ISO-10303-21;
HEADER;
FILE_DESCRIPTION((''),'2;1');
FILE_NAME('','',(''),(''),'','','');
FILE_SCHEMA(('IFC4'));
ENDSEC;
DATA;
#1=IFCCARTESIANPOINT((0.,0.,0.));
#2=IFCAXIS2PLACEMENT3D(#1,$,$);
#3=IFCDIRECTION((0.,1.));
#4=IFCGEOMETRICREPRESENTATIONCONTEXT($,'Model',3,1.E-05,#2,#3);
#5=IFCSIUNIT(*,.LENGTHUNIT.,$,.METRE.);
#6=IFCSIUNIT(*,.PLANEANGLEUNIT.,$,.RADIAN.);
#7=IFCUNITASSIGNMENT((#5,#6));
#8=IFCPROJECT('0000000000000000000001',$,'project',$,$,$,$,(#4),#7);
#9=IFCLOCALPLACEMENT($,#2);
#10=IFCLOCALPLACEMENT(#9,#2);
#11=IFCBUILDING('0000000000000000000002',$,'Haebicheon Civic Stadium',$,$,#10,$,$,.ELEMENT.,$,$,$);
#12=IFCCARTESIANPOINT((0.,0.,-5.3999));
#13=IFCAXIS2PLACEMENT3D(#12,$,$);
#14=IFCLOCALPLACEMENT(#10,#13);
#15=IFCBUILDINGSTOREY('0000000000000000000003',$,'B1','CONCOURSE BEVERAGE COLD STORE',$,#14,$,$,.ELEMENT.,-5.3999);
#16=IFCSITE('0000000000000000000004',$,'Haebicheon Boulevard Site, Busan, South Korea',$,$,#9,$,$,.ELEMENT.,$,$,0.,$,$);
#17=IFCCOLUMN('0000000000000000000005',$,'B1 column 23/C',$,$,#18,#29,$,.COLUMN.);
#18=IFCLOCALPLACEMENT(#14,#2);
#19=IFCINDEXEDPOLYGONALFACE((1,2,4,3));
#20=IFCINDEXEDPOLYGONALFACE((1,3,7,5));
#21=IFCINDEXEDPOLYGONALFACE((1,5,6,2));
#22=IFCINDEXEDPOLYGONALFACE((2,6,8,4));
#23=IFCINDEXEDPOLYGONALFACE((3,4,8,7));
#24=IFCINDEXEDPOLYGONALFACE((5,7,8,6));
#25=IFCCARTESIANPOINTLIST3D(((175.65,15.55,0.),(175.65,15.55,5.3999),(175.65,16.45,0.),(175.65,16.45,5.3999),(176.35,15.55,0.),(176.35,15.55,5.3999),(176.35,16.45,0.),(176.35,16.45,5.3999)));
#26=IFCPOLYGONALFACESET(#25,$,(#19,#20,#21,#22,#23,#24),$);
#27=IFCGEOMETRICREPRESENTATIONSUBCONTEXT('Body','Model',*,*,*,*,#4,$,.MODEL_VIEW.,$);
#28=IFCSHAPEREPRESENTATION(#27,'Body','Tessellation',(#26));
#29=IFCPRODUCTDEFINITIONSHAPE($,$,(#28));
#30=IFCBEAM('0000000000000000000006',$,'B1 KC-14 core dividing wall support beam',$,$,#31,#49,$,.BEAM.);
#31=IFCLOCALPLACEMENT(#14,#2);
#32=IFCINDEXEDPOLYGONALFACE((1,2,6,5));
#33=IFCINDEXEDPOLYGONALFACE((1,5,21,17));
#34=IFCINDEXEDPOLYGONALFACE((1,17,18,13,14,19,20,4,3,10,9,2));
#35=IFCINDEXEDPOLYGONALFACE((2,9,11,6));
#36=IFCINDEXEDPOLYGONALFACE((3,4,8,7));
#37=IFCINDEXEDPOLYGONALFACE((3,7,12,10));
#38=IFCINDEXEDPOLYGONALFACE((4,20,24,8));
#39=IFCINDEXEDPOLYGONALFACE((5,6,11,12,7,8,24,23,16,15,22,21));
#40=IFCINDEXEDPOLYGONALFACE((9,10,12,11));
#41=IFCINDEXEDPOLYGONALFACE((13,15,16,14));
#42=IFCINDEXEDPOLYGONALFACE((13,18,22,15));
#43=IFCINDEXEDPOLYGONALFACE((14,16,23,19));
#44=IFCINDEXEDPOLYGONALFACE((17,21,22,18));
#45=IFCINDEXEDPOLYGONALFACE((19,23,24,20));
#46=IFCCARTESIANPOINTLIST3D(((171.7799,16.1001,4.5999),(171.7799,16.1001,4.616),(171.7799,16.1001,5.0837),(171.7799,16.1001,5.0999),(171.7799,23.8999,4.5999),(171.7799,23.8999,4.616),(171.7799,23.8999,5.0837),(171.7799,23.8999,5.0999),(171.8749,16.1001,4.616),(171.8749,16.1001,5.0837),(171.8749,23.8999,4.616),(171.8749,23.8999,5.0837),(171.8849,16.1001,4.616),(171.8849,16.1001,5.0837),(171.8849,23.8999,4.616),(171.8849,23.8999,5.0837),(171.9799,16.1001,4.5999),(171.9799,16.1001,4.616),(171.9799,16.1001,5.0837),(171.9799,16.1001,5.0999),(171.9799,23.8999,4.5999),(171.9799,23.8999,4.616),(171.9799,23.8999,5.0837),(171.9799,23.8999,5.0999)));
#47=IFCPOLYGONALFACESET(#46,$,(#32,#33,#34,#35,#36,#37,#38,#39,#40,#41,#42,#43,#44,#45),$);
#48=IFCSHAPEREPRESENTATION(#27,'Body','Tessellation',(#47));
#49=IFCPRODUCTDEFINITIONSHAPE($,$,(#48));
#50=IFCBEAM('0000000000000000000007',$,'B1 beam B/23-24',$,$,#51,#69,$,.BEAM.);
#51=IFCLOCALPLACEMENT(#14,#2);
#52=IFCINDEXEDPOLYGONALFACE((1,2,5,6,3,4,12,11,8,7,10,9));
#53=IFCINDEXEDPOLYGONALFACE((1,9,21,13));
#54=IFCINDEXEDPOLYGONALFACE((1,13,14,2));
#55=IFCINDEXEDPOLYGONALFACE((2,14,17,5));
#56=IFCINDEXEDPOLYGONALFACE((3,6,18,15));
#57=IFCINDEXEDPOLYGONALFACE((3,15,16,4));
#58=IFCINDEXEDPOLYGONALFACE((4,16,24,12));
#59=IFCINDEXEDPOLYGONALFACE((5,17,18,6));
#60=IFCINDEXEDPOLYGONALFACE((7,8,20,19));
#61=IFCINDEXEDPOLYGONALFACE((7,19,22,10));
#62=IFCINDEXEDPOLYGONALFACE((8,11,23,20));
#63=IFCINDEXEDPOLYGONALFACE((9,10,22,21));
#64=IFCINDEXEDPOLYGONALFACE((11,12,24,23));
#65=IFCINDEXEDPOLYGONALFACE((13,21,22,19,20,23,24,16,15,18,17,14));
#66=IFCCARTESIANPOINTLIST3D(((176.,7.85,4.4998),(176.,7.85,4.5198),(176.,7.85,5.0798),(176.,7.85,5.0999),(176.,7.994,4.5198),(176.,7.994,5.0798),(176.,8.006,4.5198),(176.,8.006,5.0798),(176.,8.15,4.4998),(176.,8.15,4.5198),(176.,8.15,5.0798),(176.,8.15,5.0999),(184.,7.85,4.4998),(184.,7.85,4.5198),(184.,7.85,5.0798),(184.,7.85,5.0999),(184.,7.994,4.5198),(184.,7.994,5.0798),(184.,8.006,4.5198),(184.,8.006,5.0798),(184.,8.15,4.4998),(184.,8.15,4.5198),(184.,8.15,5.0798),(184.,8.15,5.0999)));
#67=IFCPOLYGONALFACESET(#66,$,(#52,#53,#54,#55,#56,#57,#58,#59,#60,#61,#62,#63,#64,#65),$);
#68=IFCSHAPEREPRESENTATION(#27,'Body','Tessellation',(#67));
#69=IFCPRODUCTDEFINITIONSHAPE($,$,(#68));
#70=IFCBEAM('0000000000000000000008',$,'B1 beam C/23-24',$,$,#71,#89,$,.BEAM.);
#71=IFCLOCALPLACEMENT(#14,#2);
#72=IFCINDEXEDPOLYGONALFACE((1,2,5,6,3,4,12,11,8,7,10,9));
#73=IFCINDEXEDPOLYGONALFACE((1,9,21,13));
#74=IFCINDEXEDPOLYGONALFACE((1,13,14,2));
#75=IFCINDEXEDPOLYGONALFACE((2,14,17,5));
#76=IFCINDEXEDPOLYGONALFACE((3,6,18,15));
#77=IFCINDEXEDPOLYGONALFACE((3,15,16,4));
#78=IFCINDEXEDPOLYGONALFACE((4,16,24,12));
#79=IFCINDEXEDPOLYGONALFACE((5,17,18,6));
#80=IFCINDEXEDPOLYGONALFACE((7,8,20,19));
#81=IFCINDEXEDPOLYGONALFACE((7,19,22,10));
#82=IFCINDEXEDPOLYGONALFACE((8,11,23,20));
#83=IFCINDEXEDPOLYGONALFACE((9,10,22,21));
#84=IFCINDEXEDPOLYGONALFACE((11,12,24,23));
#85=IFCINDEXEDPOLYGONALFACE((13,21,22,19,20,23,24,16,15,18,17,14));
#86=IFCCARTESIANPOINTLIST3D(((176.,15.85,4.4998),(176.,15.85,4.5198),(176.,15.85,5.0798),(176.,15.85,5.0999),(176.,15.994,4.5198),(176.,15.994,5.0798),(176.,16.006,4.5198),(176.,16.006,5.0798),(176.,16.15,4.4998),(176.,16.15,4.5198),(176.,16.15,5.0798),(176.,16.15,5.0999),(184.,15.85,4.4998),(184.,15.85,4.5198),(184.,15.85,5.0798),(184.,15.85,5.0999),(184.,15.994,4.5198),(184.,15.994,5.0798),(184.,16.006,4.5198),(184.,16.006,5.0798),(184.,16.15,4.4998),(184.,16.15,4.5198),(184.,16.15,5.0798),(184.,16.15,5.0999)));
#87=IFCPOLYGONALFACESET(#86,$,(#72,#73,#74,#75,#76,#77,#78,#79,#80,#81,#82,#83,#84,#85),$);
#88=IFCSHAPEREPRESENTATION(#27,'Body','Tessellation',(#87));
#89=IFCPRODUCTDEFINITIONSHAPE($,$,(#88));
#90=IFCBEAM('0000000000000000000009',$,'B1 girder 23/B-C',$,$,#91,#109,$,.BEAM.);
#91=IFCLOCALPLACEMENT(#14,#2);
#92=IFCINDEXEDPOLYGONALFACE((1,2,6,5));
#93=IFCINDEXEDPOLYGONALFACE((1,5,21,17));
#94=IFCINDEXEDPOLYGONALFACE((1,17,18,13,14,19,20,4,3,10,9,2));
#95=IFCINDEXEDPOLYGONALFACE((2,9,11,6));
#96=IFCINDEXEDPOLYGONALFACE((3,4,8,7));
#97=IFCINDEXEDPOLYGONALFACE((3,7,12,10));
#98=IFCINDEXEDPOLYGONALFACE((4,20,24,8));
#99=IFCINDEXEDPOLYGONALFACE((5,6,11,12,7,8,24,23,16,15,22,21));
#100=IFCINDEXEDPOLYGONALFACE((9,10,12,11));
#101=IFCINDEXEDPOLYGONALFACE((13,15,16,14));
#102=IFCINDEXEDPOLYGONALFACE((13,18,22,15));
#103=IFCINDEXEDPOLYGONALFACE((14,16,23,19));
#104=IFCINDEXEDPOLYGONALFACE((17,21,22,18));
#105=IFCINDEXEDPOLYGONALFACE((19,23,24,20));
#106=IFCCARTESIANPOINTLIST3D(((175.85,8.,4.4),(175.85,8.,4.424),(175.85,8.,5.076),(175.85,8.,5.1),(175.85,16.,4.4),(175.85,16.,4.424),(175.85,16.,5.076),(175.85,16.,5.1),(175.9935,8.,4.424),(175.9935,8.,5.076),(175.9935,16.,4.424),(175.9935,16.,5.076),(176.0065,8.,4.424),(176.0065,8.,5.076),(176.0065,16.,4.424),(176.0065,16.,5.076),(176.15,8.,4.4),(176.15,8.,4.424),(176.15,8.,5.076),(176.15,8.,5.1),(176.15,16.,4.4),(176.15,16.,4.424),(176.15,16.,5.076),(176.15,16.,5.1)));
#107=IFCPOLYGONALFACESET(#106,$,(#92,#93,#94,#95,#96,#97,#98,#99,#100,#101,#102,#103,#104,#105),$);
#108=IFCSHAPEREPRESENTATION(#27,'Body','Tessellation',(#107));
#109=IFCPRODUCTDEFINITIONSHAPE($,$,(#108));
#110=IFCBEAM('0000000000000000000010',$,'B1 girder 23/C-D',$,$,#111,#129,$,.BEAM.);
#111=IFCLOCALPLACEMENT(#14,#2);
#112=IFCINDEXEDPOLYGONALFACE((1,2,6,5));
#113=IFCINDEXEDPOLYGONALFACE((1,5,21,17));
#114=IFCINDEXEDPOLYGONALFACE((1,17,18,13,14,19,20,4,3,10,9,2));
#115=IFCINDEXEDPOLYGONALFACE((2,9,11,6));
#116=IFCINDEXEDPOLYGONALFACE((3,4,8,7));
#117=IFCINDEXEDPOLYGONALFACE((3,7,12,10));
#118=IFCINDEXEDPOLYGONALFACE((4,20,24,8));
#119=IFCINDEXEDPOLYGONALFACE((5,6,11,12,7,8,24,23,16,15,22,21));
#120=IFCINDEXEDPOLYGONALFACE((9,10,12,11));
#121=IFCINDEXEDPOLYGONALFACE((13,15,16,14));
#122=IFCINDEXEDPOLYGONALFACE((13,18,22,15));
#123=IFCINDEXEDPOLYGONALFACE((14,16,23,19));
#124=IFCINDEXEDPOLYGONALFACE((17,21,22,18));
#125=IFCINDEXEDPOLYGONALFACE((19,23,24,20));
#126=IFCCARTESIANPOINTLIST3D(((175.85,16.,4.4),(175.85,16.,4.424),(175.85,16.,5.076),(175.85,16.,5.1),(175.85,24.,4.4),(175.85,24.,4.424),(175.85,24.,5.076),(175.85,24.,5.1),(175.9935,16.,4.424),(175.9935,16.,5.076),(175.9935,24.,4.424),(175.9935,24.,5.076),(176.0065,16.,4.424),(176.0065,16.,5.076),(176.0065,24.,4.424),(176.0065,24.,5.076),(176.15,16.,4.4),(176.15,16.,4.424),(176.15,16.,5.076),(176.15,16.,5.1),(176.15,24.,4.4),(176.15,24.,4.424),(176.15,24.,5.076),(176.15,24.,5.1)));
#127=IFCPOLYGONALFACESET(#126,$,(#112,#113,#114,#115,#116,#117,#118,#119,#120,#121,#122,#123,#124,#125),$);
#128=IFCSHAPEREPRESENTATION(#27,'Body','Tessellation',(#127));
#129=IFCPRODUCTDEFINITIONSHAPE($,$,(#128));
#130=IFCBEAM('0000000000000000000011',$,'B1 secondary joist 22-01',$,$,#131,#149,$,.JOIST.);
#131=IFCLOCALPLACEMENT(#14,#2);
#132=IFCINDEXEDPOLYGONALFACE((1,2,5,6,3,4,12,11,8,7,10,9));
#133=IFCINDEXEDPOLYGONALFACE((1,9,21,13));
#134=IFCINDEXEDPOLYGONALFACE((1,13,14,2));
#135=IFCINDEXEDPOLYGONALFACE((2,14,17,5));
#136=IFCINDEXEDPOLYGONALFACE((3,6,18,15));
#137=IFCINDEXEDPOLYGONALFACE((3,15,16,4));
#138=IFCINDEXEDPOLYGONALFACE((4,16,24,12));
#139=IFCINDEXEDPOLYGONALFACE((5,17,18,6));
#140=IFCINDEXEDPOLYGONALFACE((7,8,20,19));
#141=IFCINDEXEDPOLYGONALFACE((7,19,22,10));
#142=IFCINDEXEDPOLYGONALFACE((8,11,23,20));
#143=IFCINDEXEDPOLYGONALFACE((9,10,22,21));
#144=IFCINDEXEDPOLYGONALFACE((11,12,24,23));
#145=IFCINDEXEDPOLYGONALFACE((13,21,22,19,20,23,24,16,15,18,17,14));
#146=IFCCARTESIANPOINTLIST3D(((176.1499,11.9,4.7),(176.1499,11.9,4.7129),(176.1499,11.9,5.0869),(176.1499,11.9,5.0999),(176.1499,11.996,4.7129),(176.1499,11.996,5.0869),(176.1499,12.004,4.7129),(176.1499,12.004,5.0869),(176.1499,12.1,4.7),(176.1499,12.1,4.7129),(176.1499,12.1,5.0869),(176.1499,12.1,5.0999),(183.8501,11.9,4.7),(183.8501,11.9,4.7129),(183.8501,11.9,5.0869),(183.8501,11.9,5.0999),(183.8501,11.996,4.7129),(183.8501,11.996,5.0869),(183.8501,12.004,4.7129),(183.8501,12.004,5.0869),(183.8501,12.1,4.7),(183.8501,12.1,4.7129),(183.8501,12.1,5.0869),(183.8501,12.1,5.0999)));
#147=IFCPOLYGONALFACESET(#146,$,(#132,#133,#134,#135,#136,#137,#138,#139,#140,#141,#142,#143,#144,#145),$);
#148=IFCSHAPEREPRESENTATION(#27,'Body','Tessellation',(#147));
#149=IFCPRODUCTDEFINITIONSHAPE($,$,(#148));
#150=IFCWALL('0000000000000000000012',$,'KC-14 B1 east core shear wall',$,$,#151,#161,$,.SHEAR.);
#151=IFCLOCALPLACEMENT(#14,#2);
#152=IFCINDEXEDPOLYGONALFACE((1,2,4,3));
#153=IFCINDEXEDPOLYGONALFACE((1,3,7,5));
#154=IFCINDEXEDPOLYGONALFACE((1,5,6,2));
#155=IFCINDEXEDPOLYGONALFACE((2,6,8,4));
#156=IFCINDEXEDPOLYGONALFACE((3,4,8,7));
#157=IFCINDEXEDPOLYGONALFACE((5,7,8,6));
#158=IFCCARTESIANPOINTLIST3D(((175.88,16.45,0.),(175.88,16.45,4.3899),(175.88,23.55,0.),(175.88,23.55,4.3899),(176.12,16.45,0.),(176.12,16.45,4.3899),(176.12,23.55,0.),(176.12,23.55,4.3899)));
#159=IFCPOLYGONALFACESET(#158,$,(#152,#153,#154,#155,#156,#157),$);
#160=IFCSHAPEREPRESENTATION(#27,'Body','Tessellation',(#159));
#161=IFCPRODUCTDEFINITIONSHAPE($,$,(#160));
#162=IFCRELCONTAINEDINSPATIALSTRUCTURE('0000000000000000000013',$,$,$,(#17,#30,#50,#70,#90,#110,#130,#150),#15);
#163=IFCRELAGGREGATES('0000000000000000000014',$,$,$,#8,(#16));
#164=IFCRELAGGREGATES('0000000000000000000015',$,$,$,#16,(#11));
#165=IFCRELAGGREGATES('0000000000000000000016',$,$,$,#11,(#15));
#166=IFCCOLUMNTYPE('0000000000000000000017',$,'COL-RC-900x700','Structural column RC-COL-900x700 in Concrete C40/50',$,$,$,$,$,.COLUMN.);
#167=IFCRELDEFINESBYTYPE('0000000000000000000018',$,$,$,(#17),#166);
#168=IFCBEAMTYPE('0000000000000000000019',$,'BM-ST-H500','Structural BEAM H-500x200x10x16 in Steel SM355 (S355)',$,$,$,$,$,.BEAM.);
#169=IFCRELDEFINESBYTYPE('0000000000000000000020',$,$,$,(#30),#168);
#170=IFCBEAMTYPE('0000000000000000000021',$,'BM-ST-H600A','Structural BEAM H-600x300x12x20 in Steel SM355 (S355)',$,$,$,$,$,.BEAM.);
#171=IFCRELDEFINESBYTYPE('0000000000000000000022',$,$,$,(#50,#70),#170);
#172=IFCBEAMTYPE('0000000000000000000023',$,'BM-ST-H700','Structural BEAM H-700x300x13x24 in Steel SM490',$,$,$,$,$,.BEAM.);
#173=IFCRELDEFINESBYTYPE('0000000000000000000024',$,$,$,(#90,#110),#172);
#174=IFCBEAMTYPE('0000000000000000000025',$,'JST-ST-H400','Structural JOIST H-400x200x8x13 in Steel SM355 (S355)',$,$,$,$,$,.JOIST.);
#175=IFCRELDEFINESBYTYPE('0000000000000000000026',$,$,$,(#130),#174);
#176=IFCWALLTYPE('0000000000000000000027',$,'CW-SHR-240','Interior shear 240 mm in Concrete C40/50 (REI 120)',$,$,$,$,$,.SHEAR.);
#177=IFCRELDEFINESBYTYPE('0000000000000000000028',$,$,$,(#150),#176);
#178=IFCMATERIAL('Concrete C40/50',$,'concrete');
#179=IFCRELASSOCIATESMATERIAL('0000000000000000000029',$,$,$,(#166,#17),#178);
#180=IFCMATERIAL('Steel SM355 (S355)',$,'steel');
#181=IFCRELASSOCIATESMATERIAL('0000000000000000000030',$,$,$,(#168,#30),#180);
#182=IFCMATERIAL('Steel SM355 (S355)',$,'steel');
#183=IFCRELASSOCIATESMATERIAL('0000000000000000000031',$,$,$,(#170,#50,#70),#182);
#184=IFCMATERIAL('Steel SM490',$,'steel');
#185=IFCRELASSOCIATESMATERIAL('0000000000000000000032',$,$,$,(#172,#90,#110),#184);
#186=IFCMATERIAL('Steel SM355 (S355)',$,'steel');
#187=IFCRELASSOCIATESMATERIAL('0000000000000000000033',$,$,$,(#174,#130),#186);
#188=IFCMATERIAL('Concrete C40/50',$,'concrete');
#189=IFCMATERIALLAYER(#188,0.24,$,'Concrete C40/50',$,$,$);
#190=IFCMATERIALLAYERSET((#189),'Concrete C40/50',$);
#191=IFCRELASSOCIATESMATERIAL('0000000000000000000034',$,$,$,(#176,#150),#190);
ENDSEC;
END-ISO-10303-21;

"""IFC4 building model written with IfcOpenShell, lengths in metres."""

from ifc_helpers import new_model, si_unit, direction, frame, frame_2d, origin, origin_2d, place, context, subcontext, project, spatial, rectangle, i_section, extrude, material, layer, layer_set, material_profile, profile_set, type_object, element, save


model = new_model("IFC4")

# Units and contexts
model_context = context("Model", 3, precision=1e-05, world=origin(), true_north=direction((0.0, 1.0)))
body_context = subcontext(model_context, "Body", "Model", "MODEL_VIEW")
ifc_project = project(units=[si_unit("LENGTHUNIT", "METRE"), si_unit("PLANEANGLEUNIT", "RADIAN")], contexts=[model_context])

# Site, building, storey
site_placement = place(None, origin())
site = spatial("IfcSite", under=ifc_project, at=site_placement, Name="Haebicheon Boulevard Site, Busan, South Korea", CompositionType="ELEMENT", RefElevation=0.0)
building_placement = place(site_placement, origin())
building = spatial("IfcBuilding", under=site, at=building_placement, Name="Haebicheon Civic Stadium", CompositionType="ELEMENT")
storey_placement = place(building_placement, frame((0.0, 0.0, -5.3999)))
storey = spatial("IfcBuildingStorey", under=building, at=storey_placement, Name="B1", Description="CONCOURSE BEVERAGE COLD STORE", CompositionType="ELEMENT", Elevation=-5.3999)

# Column
ifc_material_1 = material(Name="Concrete C40/50", Category="concrete")
ifc_material_profile_1 = material_profile(ifc_material_1, rectangle(XDim=0.7, YDim=0.8999, at=origin_2d()), Name="RC-COL-900x700")
ifc_profile_set_1 = profile_set([ifc_material_profile_1], Name="Concrete C40/50")
column_type = type_object("IfcColumnType", Name="COL-RC-900x700", Description="Structural column RC-COL-900x700 in Concrete C40/50", PredefinedType="COLUMN", material=ifc_profile_set_1)
for number, where, z_axis, x_axis, name in (
    (1, (176.0, 16.0, 0.0), (0.0, 0.0, 1.0), (1.0, 0.0, 0.0), "B1 column 23/C"),
):
    element("IfcColumn", number, at=place(storey_placement, frame(where, z_axis=z_axis, x_axis=x_axis)), inside=storey, type_object=column_type, material=ifc_profile_set_1, Name=name, PredefinedType="COLUMN", context=body_context, shape_type="SweptSolid", body=[
        extrude(rectangle(XDim=0.7, YDim=0.8999, at=origin_2d()), origin(), (0.0, 0.0, 1.0), 5.3999),
    ])

# Beams
ifc_material_2 = material(Name="Steel SM355 (S355)", Category="steel")
ifc_material_profile_2 = material_profile(ifc_material_2, i_section(OverallWidth=0.2, OverallDepth=0.5, WebThickness=0.01, FlangeThickness=0.0161, at=origin_2d()), Name="H-500x200x10x16")
ifc_profile_set_2 = profile_set([ifc_material_profile_2], Name="Steel SM355 (S355)")
beam_type_1 = type_object("IfcBeamType", Name="BM-ST-H500", Description="Structural BEAM H-500x200x10x16 in Steel SM355 (S355)", PredefinedType="BEAM", material=ifc_profile_set_2)
beam_1_placement = place(storey_placement, frame((171.8799, 16.1001, 4.8499), z_axis=(0.0, 1.0, 0.0), x_axis=(-1.0, 0.0, 0.0)))
element("IfcBeam", 2, at=beam_1_placement, inside=storey, type_object=beam_type_1, material=ifc_profile_set_2, Name="B1 KC-14 core dividing wall support beam", PredefinedType="BEAM", context=body_context, shape_type="SweptSolid", body=[
    extrude(i_section(OverallWidth=0.2, OverallDepth=0.5, WebThickness=0.01, FlangeThickness=0.0161, at=origin_2d()), origin(), (0.0, 0.0, 1.0), 7.7998),
])
ifc_material_3 = material(Name="Steel SM355 (S355)", Category="steel")
ifc_material_profile_3 = material_profile(ifc_material_3, i_section(OverallWidth=0.3, OverallDepth=0.6001, WebThickness=0.012, FlangeThickness=0.02, at=origin_2d()), Name="H-600x300x12x20")
ifc_profile_set_3 = profile_set([ifc_material_profile_3], Name="Steel SM355 (S355)")
beam_type_2 = type_object("IfcBeamType", Name="BM-ST-H600A", Description="Structural BEAM H-600x300x12x20 in Steel SM355 (S355)", PredefinedType="BEAM", material=ifc_profile_set_3)
for number, where, z_axis, x_axis, name in (
    (3, (176.0, 8.0, 4.7998), (1.0, 0.0, 0.0), (0.0, 1.0, 0.0), "B1 beam B/23-24"),
    (4, (176.0, 16.0, 4.7998), (1.0, 0.0, 0.0), (0.0, 1.0, 0.0), "B1 beam C/23-24"),
):
    element("IfcBeam", number, at=place(storey_placement, frame(where, z_axis=z_axis, x_axis=x_axis)), inside=storey, type_object=beam_type_2, material=ifc_profile_set_3, Name=name, PredefinedType="BEAM", context=body_context, shape_type="SweptSolid", body=[
        extrude(i_section(OverallWidth=0.3, OverallDepth=0.6001, WebThickness=0.012, FlangeThickness=0.02, at=origin_2d()), origin(), (0.0, 0.0, 1.0), 8.0),
    ])
ifc_material_4 = material(Name="Steel SM490", Category="steel")
ifc_material_profile_4 = material_profile(ifc_material_4, i_section(OverallWidth=0.3, OverallDepth=0.7, WebThickness=0.0129, FlangeThickness=0.0239, at=origin_2d()), Name="H-700x300x13x24")
ifc_profile_set_4 = profile_set([ifc_material_profile_4], Name="Steel SM490")
beam_type_3 = type_object("IfcBeamType", Name="BM-ST-H700", Description="Structural BEAM H-700x300x13x24 in Steel SM490", PredefinedType="BEAM", material=ifc_profile_set_4)
for number, where, z_axis, x_axis, name in (
    (5, (176.0, 8.0, 4.75), (0.0, 1.0, 0.0), (-1.0, 0.0, 0.0), "B1 girder 23/B-C"),
    (6, (176.0, 16.0, 4.75), (0.0, 1.0, 0.0), (-1.0, 0.0, 0.0), "B1 girder 23/C-D"),
):
    element("IfcBeam", number, at=place(storey_placement, frame(where, z_axis=z_axis, x_axis=x_axis)), inside=storey, type_object=beam_type_3, material=ifc_profile_set_4, Name=name, PredefinedType="BEAM", context=body_context, shape_type="SweptSolid", body=[
        extrude(i_section(OverallWidth=0.3, OverallDepth=0.7, WebThickness=0.0129, FlangeThickness=0.0239, at=origin_2d()), origin(), (0.0, 0.0, 1.0), 8.0),
    ])
ifc_material_5 = material(Name="Steel SM355 (S355)", Category="steel")
ifc_material_profile_5 = material_profile(ifc_material_5, i_section(OverallWidth=0.2, OverallDepth=0.3999, WebThickness=0.0081, FlangeThickness=0.0129, at=origin_2d()), Name="H-400x200x8x13")
ifc_profile_set_5 = profile_set([ifc_material_profile_5], Name="Steel SM355 (S355)")
beam_type_4 = type_object("IfcBeamType", Name="JST-ST-H400", Description="Structural JOIST H-400x200x8x13 in Steel SM355 (S355)", PredefinedType="JOIST", material=ifc_profile_set_5)
beam_2_placement = place(storey_placement, frame((176.1499, 12.0, 4.8999), z_axis=(1.0, 0.0, 0.0), x_axis=(0.0, 1.0, 0.0)))
element("IfcBeam", 7, at=beam_2_placement, inside=storey, type_object=beam_type_4, material=ifc_profile_set_5, Name="B1 secondary joist 22-01", PredefinedType="JOIST", context=body_context, shape_type="SweptSolid", body=[
    extrude(i_section(OverallWidth=0.2, OverallDepth=0.3999, WebThickness=0.0081, FlangeThickness=0.0129, at=origin_2d()), origin(), (0.0, 0.0, 1.0), 7.7002),
])

# Wall
ifc_material_6 = material(Name="Concrete C40/50", Category="concrete")
ifc_layer_1 = layer(ifc_material_6, 0.24, Name="Concrete C40/50")
ifc_layer_set_1 = layer_set([ifc_layer_1], Name="Concrete C40/50")
wall_type_1 = type_object("IfcWallType", Name="CW-SHR-240", Description="Interior shear 240 mm in Concrete C40/50 (REI 120)", PredefinedType="SHEAR", material=ifc_layer_set_1)
wall_1_placement = place(storey_placement, frame((176.0, 16.45, 0.0), z_axis=(0.0, 0.0, 1.0), x_axis=(0.0, 1.0, 0.0)))
element("IfcWall", 8, at=wall_1_placement, inside=storey, type_object=wall_type_1, material=ifc_layer_set_1, Name="KC-14 B1 east core shear wall", PredefinedType="SHEAR", context=body_context, shape_type="SweptSolid", body=[
    extrude(rectangle(XDim=7.1001, YDim=0.24, at=frame_2d((3.55, 0.0))), origin(), (0.0, 0.0, 1.0), 4.3899),
])

save(model, "model.ifc")
